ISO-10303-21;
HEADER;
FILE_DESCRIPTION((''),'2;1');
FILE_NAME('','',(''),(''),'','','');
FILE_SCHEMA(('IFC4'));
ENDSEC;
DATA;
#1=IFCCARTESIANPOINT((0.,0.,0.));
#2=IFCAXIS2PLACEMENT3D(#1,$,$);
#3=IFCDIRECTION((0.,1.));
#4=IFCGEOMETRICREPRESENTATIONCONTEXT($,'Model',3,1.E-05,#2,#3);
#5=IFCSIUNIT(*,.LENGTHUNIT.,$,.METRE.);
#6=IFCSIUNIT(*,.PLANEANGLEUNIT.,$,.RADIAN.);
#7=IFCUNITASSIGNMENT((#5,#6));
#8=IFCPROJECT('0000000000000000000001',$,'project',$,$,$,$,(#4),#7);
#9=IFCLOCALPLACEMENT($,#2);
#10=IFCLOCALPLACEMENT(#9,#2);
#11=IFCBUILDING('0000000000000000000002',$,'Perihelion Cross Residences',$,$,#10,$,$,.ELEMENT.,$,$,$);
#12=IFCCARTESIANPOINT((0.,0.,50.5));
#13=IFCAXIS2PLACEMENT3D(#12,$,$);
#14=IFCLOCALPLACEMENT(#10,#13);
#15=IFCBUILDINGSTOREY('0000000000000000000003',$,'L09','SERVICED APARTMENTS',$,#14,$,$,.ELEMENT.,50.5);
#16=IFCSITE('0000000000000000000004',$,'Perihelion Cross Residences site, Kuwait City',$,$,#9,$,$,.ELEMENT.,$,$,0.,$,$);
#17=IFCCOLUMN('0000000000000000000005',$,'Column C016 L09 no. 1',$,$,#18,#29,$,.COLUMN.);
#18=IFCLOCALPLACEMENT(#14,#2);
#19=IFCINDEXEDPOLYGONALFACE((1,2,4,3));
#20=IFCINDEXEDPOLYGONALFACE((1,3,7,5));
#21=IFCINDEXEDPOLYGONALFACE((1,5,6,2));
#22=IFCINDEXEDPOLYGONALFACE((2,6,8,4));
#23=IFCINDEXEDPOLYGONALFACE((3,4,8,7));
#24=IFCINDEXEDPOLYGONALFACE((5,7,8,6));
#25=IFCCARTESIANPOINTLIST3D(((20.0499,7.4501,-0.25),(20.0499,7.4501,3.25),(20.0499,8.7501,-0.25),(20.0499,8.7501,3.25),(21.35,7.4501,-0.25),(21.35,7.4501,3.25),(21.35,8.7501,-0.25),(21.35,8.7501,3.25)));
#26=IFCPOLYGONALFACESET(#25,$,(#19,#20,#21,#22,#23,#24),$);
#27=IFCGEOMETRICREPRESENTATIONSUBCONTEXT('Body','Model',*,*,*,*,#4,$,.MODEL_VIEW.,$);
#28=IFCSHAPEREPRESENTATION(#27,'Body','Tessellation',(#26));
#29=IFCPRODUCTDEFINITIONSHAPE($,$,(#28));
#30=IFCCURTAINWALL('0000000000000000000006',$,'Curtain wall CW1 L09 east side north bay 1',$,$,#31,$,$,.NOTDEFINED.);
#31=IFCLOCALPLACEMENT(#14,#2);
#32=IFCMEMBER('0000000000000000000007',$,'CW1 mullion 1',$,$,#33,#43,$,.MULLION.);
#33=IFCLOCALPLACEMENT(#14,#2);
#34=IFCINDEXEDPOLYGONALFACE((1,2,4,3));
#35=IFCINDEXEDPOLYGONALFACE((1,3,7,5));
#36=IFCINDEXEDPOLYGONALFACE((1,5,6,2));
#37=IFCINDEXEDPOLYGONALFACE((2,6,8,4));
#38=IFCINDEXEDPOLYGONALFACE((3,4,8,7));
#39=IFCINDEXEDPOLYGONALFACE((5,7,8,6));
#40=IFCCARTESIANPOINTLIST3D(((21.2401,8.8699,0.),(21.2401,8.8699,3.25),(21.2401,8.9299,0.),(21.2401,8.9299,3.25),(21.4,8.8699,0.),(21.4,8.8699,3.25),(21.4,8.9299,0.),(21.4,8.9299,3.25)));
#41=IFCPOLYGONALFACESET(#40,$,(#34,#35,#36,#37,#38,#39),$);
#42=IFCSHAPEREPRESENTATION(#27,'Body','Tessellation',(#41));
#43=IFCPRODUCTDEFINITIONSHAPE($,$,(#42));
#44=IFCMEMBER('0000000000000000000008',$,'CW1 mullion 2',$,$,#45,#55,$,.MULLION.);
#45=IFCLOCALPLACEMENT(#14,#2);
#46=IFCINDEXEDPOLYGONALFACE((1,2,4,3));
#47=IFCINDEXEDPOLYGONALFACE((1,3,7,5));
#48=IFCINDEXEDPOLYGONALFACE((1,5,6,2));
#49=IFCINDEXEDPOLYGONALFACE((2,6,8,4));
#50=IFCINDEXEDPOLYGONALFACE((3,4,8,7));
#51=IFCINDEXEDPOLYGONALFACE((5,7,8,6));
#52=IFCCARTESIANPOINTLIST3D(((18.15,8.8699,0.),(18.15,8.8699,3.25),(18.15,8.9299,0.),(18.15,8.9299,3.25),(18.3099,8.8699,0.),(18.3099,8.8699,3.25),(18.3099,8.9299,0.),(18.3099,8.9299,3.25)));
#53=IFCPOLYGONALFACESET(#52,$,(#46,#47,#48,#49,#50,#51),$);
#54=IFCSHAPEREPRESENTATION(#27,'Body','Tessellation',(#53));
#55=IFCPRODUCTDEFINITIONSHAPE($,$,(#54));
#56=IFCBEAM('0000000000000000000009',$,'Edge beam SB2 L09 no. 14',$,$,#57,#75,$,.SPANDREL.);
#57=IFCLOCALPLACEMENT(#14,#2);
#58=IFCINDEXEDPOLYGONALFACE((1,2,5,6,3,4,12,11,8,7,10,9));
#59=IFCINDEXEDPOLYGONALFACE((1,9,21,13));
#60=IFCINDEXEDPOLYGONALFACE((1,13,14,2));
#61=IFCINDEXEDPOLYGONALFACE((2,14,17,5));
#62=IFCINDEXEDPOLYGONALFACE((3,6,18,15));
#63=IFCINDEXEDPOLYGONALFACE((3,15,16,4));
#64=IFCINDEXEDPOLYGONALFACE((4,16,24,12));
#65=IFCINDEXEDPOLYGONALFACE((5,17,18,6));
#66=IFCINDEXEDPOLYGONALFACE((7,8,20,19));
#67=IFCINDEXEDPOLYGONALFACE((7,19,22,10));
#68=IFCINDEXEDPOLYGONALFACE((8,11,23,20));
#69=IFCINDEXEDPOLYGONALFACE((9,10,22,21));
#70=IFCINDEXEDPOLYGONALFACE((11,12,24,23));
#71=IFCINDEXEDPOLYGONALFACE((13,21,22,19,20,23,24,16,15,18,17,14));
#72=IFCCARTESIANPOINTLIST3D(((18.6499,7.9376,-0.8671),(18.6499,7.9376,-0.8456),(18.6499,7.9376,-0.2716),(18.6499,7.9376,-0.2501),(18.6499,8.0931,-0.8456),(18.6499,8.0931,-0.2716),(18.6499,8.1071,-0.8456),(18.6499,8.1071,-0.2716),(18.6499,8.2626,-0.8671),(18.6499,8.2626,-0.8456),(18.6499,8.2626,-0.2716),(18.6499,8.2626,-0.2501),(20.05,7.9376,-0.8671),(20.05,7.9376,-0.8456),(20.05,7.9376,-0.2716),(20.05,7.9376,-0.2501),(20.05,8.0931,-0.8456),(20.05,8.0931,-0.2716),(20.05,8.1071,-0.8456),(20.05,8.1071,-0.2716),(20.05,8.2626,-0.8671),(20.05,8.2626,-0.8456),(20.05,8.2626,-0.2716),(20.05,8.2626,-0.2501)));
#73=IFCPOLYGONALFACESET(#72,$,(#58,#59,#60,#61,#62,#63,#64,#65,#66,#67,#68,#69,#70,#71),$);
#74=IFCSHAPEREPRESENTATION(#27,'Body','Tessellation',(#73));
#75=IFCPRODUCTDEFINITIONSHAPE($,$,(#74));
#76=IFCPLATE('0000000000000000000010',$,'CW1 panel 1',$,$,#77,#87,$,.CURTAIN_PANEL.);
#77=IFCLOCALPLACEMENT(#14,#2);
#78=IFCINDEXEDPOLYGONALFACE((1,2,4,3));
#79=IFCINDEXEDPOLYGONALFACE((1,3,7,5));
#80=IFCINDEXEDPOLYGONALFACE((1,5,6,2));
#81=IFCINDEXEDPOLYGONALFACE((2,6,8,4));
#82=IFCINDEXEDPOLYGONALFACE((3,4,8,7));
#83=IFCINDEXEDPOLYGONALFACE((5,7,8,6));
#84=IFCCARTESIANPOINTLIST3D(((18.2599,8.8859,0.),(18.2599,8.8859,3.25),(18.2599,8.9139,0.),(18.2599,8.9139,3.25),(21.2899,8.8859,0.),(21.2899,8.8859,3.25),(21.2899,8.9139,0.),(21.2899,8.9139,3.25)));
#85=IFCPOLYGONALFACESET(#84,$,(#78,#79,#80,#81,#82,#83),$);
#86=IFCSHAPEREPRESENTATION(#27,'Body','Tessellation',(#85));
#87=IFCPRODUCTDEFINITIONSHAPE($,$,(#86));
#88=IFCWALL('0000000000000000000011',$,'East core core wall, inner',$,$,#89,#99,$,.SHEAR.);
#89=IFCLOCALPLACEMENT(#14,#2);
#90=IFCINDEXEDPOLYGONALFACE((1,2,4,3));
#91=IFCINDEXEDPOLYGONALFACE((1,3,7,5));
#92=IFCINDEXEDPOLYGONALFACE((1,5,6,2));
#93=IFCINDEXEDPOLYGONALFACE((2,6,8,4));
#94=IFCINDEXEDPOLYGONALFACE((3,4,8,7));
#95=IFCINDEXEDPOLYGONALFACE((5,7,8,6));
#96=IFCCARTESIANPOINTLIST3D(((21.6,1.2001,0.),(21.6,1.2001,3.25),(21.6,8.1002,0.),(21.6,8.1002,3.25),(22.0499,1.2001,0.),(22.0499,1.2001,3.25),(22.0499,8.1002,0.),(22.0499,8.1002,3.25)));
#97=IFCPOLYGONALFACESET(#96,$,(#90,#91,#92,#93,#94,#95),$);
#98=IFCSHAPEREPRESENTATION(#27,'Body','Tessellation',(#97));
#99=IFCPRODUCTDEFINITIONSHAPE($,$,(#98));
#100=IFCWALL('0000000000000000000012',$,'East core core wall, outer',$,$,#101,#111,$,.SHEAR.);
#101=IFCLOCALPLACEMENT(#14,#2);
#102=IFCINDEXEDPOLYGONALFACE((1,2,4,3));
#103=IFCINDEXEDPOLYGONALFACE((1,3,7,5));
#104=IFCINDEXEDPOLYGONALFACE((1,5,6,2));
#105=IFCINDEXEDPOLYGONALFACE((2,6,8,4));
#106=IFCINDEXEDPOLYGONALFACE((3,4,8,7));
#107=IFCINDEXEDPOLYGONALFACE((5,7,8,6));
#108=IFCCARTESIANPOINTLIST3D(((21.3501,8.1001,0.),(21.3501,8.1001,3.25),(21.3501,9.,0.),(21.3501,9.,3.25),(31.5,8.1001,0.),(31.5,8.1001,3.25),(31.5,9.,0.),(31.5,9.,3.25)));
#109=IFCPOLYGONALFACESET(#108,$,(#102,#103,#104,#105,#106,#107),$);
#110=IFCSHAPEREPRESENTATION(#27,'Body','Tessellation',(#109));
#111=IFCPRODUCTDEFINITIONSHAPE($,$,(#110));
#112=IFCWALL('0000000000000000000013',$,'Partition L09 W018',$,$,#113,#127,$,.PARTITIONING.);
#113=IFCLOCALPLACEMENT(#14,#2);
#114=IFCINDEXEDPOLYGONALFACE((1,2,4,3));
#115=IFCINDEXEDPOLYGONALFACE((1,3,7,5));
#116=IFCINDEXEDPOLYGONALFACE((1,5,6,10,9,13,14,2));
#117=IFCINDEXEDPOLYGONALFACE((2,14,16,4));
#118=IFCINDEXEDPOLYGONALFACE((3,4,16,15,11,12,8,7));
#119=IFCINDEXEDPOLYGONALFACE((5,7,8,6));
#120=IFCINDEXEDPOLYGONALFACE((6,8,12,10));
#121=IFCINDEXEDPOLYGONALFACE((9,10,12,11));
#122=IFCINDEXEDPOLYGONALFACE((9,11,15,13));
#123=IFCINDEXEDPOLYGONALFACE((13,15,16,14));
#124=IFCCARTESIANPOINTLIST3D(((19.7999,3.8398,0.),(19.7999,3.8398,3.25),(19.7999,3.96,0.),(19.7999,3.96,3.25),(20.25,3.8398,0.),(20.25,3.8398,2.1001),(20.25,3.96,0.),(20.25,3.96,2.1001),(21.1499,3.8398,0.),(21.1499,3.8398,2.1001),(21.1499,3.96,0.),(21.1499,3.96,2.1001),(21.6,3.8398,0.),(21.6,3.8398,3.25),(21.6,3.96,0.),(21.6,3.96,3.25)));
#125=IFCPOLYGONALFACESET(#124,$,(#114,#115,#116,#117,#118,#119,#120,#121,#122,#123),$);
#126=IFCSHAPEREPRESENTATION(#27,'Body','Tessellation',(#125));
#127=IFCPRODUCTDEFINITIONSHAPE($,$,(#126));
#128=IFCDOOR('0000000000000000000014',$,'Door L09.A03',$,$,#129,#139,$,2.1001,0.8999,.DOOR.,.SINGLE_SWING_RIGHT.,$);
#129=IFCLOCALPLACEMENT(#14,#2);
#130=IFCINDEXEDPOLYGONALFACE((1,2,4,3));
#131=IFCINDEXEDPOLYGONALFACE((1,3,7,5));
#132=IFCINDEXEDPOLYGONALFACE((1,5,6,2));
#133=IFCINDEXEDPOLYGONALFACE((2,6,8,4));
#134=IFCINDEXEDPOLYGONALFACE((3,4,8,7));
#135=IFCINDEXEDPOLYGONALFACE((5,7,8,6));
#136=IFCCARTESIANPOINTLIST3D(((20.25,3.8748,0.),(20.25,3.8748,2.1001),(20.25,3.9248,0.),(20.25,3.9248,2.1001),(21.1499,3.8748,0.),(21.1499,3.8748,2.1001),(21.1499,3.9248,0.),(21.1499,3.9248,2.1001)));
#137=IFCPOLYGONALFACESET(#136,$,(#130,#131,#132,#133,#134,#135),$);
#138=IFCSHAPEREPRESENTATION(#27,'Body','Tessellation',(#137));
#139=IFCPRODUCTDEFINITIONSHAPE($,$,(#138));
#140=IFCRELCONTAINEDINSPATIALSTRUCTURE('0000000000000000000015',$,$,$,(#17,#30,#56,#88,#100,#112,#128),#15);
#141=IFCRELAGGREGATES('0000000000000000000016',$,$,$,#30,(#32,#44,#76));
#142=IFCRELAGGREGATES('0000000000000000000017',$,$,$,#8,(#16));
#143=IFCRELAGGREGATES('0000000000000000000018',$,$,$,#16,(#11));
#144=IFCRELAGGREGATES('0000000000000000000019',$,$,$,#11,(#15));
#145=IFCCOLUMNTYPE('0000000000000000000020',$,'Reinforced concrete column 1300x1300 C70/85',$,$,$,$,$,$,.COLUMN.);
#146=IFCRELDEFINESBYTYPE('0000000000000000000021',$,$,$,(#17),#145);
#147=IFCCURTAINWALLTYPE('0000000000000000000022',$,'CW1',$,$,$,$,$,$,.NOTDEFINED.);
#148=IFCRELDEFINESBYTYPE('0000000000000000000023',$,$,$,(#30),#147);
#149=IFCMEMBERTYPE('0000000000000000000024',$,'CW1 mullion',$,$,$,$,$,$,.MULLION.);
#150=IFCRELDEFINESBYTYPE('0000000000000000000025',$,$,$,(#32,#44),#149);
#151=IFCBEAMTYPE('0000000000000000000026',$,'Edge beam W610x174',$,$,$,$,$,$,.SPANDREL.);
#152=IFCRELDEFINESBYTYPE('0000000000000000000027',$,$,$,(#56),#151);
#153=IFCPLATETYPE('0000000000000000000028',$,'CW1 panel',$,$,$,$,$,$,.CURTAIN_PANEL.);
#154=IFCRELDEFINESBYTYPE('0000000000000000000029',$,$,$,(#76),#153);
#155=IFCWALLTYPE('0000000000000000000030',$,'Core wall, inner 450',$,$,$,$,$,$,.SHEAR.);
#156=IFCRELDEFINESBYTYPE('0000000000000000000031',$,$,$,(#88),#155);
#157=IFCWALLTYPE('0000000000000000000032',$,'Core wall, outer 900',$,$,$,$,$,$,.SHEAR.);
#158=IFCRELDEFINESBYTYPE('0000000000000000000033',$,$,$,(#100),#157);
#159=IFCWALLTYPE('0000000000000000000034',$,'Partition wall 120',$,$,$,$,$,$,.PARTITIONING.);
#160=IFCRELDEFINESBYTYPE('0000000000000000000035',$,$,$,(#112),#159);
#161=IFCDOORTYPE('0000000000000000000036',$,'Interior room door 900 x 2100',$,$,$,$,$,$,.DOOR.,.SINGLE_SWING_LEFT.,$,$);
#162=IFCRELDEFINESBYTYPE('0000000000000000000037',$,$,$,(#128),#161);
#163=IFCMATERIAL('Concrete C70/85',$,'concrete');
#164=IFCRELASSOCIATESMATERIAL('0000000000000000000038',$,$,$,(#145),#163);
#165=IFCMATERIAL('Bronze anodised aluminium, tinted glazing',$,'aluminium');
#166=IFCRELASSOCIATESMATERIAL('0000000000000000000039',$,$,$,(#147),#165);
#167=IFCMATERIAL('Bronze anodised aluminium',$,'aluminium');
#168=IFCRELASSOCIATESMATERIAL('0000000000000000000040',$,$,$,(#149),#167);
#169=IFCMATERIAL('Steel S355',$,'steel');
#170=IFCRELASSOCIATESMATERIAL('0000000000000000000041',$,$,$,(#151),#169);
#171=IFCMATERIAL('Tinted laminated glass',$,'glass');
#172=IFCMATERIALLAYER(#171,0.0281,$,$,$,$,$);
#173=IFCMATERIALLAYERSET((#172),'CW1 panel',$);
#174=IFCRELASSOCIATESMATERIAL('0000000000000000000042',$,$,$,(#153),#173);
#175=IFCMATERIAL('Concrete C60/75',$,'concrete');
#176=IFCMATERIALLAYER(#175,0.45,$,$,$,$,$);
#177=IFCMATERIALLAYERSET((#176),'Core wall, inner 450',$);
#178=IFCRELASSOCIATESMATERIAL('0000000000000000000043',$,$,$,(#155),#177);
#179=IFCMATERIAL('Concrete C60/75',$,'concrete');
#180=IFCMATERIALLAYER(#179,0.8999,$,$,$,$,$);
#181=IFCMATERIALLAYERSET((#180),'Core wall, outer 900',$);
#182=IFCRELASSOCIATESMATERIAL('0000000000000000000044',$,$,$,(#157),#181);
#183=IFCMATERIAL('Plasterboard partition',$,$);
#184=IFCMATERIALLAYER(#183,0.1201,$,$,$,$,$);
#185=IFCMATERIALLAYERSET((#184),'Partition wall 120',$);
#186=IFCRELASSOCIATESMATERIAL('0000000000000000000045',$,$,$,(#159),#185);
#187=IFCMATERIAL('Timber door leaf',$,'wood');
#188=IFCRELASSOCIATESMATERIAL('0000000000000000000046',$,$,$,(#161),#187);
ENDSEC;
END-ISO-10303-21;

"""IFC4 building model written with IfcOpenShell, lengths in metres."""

from ifc_helpers import new_model, si_unit, direction, frame, frame_2d, origin, origin_2d, place, context, subcontext, project, spatial, rectangle, i_section, extrude, material, layer, layer_set, material_profile, profile_set, type_object, element, fill, aggregate, save


model = new_model("IFC4")

# Units and contexts
model_context = context("Model", 3, precision=1e-05, world=origin(), true_north=direction((0.0, 1.0)))
body_context = subcontext(model_context, "Body", "Model", "MODEL_VIEW")
ifc_project = project(units=[si_unit("LENGTHUNIT", "METRE"), si_unit("PLANEANGLEUNIT", "RADIAN")], contexts=[model_context])

# Site, building, storey
site_placement = place(None, origin())
site = spatial("IfcSite", under=ifc_project, at=site_placement, Name="Perihelion Cross Residences site, Kuwait City", CompositionType="ELEMENT", RefElevation=0.0)
building_placement = place(site_placement, origin())
building = spatial("IfcBuilding", under=site, at=building_placement, Name="Perihelion Cross Residences", CompositionType="ELEMENT")
storey_placement = place(building_placement, frame((0.0, 0.0, 50.5)))
storey = spatial("IfcBuildingStorey", under=building, at=storey_placement, Name="L09", Description="SERVICED APARTMENTS", CompositionType="ELEMENT", Elevation=50.5)

# Column
ifc_material_1 = material(Name="Concrete C70/85", Category="concrete")
ifc_material_profile_1 = material_profile(ifc_material_1, rectangle(XDim=1.3, YDim=1.3, at=origin_2d()), Name="RC 1300x1300")
ifc_profile_set_1 = profile_set([ifc_material_profile_1], Name="Concrete C70/85")
column_type = type_object("IfcColumnType", Name="Reinforced concrete column 1300x1300 C70/85", PredefinedType="COLUMN", material=ifc_profile_set_1)
column_placement = place(storey_placement, frame((20.7, 8.1001, -0.25), z_axis=(0.0, 0.0, 1.0), x_axis=(1.0, 0.0, 0.0)))
element("IfcColumn", 1, at=column_placement, inside=storey, type_object=column_type, Name="Column C016 L09 no. 1", PredefinedType="COLUMN", context=body_context, shape_type="SweptSolid", body=[
    extrude(rectangle(XDim=1.3, YDim=1.3, at=origin_2d()), origin(), (0.0, 0.0, 1.0), 3.5),
])

# Curtain wall, members
ifc_material_2 = material(Name="Bronze anodised aluminium, tinted glazing", Category="aluminium")
curtain_wall_type = type_object("IfcCurtainWallType", Name="CW1", PredefinedType="NOTDEFINED", material=ifc_material_2)
curtain_wall_placement = place(storey_placement, origin())
curtain_wall = element("IfcCurtainWall", 2, at=curtain_wall_placement, inside=storey, type_object=curtain_wall_type, Name="Curtain wall CW1 L09 east side north bay 1", PredefinedType="NOTDEFINED")
ifc_material_3 = material(Name="Bronze anodised aluminium", Category="aluminium")
ifc_material_profile_2 = material_profile(ifc_material_3, rectangle(XDim=0.0601, YDim=0.1599, at=origin_2d()), Name="CW1 mullion")
ifc_profile_set_2 = profile_set([ifc_material_profile_2], Name="Bronze anodised aluminium")
member_type = type_object("IfcMemberType", Name="CW1 mullion", PredefinedType="MULLION", material=ifc_profile_set_2)
member_1_placement = place(storey_placement, frame((21.3201, 8.8999, 0.0), z_axis=(0.0, 0.0, 1.0), x_axis=(0.0, -1.0, 0.0)))
member_1 = element("IfcMember", 3, at=member_1_placement, type_object=member_type, Name="CW1 mullion 1", PredefinedType="MULLION", context=body_context, shape_type="SweptSolid", body=[
    extrude(rectangle(XDim=0.0601, YDim=0.1599, at=origin_2d()), origin(), (0.0, 0.0, 1.0), 3.25),
])
member_2_placement = place(storey_placement, frame((18.23, 8.8999, 0.0), z_axis=(0.0, 0.0, 1.0), x_axis=(0.0, -1.0, 0.0)))
member_2 = element("IfcMember", 4, at=member_2_placement, type_object=member_type, Name="CW1 mullion 2", PredefinedType="MULLION", context=body_context, shape_type="SweptSolid", body=[
    extrude(rectangle(XDim=0.0601, YDim=0.1599, at=origin_2d()), origin(), (0.0, 0.0, 1.0), 3.25),
])

# Beam
ifc_material_4 = material(Name="Steel S355", Category="steel")
ifc_material_profile_3 = material_profile(ifc_material_4, i_section(OverallWidth=0.325, OverallDepth=0.6169, WebThickness=0.0139, FlangeThickness=0.0215, at=origin_2d()), Name="W610x174")
ifc_profile_set_3 = profile_set([ifc_material_profile_3], Name="Steel S355")
beam_type = type_object("IfcBeamType", Name="Edge beam W610x174", PredefinedType="SPANDREL", material=ifc_profile_set_3)
beam_placement = place(storey_placement, frame((20.05, 8.1001, -0.5586), z_axis=(-1.0, 0.0, 0.0), x_axis=(0.0, -1.0, 0.0)))
element("IfcBeam", 5, at=beam_placement, inside=storey, type_object=beam_type, Name="Edge beam SB2 L09 no. 14", PredefinedType="SPANDREL", context=body_context, shape_type="SweptSolid", body=[
    extrude(i_section(OverallWidth=0.325, OverallDepth=0.6169, WebThickness=0.0139, FlangeThickness=0.0215, at=origin_2d()), origin(), (0.0, 0.0, 1.0), 1.4001),
])

# Plate
ifc_material_5 = material(Name="Tinted laminated glass", Category="glass")
ifc_layer_1 = layer(ifc_material_5, 0.0281)
ifc_layer_set_1 = layer_set([ifc_layer_1], Name="CW1 panel")
plate_type = type_object("IfcPlateType", Name="CW1 panel", PredefinedType="CURTAIN_PANEL", material=ifc_layer_set_1)
plate_placement = place(storey_placement, frame((19.7749, 8.8999, 0.0), z_axis=(0.0, 0.0, 1.0), x_axis=(-1.0, 0.0, 0.0)))
plate = element("IfcPlate", 6, at=plate_placement, type_object=plate_type, Name="CW1 panel 1", PredefinedType="CURTAIN_PANEL", context=body_context, shape_type="SweptSolid", body=[
    extrude(rectangle(XDim=3.03, YDim=0.0281, at=origin_2d()), origin(), (0.0, 0.0, 1.0), 3.25),
])
aggregate(curtain_wall, [member_1, member_2, plate])

# Walls
ifc_material_6 = material(Name="Concrete C60/75", Category="concrete")
ifc_layer_2 = layer(ifc_material_6, 0.45)
ifc_layer_set_2 = layer_set([ifc_layer_2], Name="Core wall, inner 450")
wall_type_1 = type_object("IfcWallType", Name="Core wall, inner 450", PredefinedType="SHEAR", material=ifc_layer_set_2)
wall_1_placement = place(storey_placement, frame((21.825, 1.2, 0.0), z_axis=(0.0, 0.0, 1.0), x_axis=(0.0, 1.0, 0.0)))
element("IfcWall", 7, at=wall_1_placement, inside=storey, type_object=wall_type_1, Name="East core core wall, inner", PredefinedType="SHEAR", context=body_context, shape_type="SweptSolid", body=[
    extrude(rectangle(XDim=6.9001, YDim=0.45, at=frame_2d((3.4502, 0.0))), origin(), (0.0, 0.0, 1.0), 3.25),
])
ifc_material_7 = material(Name="Concrete C60/75", Category="concrete")
ifc_layer_3 = layer(ifc_material_7, 0.8999)
ifc_layer_set_3 = layer_set([ifc_layer_3], Name="Core wall, outer 900")
wall_type_2 = type_object("IfcWallType", Name="Core wall, outer 900", PredefinedType="SHEAR", material=ifc_layer_set_3)
wall_2_placement = place(storey_placement, frame((21.3501, 8.55, 0.0), z_axis=(0.0, 0.0, 1.0), x_axis=(1.0, 0.0, 0.0)))
element("IfcWall", 8, at=wall_2_placement, inside=storey, type_object=wall_type_2, Name="East core core wall, outer", PredefinedType="SHEAR", context=body_context, shape_type="SweptSolid", body=[
    extrude(rectangle(XDim=10.1499, YDim=0.8999, at=frame_2d((5.075, 0.0))), origin(), (0.0, 0.0, 1.0), 3.25),
])

# Wall, opening, door
ifc_material_8 = material(Name="Plasterboard partition")
ifc_layer_4 = layer(ifc_material_8, 0.1201)
ifc_layer_set_4 = layer_set([ifc_layer_4], Name="Partition wall 120")
wall_type_3 = type_object("IfcWallType", Name="Partition wall 120", PredefinedType="PARTITIONING", material=ifc_layer_set_4)
wall_3_placement = place(storey_placement, frame((19.8, 3.8999, 0.0), z_axis=(0.0, 0.0, 1.0), x_axis=(1.0, 0.0, 0.0)))
wall_3 = element("IfcWall", 9, at=wall_3_placement, inside=storey, type_object=wall_type_3, Name="Partition L09 W018", PredefinedType="PARTITIONING", context=body_context, shape_type="SweptSolid", body=[
    extrude(rectangle(XDim=1.8, YDim=0.1201, at=frame_2d((0.8999, 0.0))), origin(), (0.0, 0.0, 1.0), 3.25),
])
opening_1_placement = place(wall_3_placement, frame((0.45, 0.0, 0.0)))
opening_1 = element("IfcOpeningElement", 10, at=opening_1_placement, cuts=wall_3, PredefinedType="OPENING", context=body_context, shape_type="SweptSolid", body=[
    extrude(rectangle(XDim=0.8999, YDim=2.1001, at=frame_2d((0.45, 1.05))), frame((0.0, 0.0701, 0.0), z_axis=(0.0, -1.0, 0.0), x_axis=(1.0, 0.0, 0.0)), (0.0, 0.0, 1.0), 0.1401),
])
ifc_material_9 = material(Name="Timber door leaf", Category="wood")
door_type_1 = type_object("IfcDoorType", Name="Interior room door 900 x 2100", OperationType="SINGLE_SWING_LEFT", PredefinedType="DOOR", material=ifc_material_9)
door_1_placement = place(opening_1_placement, origin())
door_1 = element("IfcDoor", 11, at=door_1_placement, inside=storey, type_object=door_type_1, Name="Door L09.A03", OperationType="SINGLE_SWING_RIGHT", OverallHeight=2.1001, OverallWidth=0.8999, PredefinedType="DOOR", context=body_context, shape_type="SweptSolid", body=[
    extrude(rectangle(XDim=0.8999, YDim=2.1001, at=frame_2d((0.45, 1.05))), frame((0.0, 0.0249, 0.0), z_axis=(0.0, -1.0, 0.0), x_axis=(1.0, 0.0, 0.0)), (0.0, 0.0, 1.0), 0.05),
])
fill(opening_1, door_1)

save(model, "model.ifc")
